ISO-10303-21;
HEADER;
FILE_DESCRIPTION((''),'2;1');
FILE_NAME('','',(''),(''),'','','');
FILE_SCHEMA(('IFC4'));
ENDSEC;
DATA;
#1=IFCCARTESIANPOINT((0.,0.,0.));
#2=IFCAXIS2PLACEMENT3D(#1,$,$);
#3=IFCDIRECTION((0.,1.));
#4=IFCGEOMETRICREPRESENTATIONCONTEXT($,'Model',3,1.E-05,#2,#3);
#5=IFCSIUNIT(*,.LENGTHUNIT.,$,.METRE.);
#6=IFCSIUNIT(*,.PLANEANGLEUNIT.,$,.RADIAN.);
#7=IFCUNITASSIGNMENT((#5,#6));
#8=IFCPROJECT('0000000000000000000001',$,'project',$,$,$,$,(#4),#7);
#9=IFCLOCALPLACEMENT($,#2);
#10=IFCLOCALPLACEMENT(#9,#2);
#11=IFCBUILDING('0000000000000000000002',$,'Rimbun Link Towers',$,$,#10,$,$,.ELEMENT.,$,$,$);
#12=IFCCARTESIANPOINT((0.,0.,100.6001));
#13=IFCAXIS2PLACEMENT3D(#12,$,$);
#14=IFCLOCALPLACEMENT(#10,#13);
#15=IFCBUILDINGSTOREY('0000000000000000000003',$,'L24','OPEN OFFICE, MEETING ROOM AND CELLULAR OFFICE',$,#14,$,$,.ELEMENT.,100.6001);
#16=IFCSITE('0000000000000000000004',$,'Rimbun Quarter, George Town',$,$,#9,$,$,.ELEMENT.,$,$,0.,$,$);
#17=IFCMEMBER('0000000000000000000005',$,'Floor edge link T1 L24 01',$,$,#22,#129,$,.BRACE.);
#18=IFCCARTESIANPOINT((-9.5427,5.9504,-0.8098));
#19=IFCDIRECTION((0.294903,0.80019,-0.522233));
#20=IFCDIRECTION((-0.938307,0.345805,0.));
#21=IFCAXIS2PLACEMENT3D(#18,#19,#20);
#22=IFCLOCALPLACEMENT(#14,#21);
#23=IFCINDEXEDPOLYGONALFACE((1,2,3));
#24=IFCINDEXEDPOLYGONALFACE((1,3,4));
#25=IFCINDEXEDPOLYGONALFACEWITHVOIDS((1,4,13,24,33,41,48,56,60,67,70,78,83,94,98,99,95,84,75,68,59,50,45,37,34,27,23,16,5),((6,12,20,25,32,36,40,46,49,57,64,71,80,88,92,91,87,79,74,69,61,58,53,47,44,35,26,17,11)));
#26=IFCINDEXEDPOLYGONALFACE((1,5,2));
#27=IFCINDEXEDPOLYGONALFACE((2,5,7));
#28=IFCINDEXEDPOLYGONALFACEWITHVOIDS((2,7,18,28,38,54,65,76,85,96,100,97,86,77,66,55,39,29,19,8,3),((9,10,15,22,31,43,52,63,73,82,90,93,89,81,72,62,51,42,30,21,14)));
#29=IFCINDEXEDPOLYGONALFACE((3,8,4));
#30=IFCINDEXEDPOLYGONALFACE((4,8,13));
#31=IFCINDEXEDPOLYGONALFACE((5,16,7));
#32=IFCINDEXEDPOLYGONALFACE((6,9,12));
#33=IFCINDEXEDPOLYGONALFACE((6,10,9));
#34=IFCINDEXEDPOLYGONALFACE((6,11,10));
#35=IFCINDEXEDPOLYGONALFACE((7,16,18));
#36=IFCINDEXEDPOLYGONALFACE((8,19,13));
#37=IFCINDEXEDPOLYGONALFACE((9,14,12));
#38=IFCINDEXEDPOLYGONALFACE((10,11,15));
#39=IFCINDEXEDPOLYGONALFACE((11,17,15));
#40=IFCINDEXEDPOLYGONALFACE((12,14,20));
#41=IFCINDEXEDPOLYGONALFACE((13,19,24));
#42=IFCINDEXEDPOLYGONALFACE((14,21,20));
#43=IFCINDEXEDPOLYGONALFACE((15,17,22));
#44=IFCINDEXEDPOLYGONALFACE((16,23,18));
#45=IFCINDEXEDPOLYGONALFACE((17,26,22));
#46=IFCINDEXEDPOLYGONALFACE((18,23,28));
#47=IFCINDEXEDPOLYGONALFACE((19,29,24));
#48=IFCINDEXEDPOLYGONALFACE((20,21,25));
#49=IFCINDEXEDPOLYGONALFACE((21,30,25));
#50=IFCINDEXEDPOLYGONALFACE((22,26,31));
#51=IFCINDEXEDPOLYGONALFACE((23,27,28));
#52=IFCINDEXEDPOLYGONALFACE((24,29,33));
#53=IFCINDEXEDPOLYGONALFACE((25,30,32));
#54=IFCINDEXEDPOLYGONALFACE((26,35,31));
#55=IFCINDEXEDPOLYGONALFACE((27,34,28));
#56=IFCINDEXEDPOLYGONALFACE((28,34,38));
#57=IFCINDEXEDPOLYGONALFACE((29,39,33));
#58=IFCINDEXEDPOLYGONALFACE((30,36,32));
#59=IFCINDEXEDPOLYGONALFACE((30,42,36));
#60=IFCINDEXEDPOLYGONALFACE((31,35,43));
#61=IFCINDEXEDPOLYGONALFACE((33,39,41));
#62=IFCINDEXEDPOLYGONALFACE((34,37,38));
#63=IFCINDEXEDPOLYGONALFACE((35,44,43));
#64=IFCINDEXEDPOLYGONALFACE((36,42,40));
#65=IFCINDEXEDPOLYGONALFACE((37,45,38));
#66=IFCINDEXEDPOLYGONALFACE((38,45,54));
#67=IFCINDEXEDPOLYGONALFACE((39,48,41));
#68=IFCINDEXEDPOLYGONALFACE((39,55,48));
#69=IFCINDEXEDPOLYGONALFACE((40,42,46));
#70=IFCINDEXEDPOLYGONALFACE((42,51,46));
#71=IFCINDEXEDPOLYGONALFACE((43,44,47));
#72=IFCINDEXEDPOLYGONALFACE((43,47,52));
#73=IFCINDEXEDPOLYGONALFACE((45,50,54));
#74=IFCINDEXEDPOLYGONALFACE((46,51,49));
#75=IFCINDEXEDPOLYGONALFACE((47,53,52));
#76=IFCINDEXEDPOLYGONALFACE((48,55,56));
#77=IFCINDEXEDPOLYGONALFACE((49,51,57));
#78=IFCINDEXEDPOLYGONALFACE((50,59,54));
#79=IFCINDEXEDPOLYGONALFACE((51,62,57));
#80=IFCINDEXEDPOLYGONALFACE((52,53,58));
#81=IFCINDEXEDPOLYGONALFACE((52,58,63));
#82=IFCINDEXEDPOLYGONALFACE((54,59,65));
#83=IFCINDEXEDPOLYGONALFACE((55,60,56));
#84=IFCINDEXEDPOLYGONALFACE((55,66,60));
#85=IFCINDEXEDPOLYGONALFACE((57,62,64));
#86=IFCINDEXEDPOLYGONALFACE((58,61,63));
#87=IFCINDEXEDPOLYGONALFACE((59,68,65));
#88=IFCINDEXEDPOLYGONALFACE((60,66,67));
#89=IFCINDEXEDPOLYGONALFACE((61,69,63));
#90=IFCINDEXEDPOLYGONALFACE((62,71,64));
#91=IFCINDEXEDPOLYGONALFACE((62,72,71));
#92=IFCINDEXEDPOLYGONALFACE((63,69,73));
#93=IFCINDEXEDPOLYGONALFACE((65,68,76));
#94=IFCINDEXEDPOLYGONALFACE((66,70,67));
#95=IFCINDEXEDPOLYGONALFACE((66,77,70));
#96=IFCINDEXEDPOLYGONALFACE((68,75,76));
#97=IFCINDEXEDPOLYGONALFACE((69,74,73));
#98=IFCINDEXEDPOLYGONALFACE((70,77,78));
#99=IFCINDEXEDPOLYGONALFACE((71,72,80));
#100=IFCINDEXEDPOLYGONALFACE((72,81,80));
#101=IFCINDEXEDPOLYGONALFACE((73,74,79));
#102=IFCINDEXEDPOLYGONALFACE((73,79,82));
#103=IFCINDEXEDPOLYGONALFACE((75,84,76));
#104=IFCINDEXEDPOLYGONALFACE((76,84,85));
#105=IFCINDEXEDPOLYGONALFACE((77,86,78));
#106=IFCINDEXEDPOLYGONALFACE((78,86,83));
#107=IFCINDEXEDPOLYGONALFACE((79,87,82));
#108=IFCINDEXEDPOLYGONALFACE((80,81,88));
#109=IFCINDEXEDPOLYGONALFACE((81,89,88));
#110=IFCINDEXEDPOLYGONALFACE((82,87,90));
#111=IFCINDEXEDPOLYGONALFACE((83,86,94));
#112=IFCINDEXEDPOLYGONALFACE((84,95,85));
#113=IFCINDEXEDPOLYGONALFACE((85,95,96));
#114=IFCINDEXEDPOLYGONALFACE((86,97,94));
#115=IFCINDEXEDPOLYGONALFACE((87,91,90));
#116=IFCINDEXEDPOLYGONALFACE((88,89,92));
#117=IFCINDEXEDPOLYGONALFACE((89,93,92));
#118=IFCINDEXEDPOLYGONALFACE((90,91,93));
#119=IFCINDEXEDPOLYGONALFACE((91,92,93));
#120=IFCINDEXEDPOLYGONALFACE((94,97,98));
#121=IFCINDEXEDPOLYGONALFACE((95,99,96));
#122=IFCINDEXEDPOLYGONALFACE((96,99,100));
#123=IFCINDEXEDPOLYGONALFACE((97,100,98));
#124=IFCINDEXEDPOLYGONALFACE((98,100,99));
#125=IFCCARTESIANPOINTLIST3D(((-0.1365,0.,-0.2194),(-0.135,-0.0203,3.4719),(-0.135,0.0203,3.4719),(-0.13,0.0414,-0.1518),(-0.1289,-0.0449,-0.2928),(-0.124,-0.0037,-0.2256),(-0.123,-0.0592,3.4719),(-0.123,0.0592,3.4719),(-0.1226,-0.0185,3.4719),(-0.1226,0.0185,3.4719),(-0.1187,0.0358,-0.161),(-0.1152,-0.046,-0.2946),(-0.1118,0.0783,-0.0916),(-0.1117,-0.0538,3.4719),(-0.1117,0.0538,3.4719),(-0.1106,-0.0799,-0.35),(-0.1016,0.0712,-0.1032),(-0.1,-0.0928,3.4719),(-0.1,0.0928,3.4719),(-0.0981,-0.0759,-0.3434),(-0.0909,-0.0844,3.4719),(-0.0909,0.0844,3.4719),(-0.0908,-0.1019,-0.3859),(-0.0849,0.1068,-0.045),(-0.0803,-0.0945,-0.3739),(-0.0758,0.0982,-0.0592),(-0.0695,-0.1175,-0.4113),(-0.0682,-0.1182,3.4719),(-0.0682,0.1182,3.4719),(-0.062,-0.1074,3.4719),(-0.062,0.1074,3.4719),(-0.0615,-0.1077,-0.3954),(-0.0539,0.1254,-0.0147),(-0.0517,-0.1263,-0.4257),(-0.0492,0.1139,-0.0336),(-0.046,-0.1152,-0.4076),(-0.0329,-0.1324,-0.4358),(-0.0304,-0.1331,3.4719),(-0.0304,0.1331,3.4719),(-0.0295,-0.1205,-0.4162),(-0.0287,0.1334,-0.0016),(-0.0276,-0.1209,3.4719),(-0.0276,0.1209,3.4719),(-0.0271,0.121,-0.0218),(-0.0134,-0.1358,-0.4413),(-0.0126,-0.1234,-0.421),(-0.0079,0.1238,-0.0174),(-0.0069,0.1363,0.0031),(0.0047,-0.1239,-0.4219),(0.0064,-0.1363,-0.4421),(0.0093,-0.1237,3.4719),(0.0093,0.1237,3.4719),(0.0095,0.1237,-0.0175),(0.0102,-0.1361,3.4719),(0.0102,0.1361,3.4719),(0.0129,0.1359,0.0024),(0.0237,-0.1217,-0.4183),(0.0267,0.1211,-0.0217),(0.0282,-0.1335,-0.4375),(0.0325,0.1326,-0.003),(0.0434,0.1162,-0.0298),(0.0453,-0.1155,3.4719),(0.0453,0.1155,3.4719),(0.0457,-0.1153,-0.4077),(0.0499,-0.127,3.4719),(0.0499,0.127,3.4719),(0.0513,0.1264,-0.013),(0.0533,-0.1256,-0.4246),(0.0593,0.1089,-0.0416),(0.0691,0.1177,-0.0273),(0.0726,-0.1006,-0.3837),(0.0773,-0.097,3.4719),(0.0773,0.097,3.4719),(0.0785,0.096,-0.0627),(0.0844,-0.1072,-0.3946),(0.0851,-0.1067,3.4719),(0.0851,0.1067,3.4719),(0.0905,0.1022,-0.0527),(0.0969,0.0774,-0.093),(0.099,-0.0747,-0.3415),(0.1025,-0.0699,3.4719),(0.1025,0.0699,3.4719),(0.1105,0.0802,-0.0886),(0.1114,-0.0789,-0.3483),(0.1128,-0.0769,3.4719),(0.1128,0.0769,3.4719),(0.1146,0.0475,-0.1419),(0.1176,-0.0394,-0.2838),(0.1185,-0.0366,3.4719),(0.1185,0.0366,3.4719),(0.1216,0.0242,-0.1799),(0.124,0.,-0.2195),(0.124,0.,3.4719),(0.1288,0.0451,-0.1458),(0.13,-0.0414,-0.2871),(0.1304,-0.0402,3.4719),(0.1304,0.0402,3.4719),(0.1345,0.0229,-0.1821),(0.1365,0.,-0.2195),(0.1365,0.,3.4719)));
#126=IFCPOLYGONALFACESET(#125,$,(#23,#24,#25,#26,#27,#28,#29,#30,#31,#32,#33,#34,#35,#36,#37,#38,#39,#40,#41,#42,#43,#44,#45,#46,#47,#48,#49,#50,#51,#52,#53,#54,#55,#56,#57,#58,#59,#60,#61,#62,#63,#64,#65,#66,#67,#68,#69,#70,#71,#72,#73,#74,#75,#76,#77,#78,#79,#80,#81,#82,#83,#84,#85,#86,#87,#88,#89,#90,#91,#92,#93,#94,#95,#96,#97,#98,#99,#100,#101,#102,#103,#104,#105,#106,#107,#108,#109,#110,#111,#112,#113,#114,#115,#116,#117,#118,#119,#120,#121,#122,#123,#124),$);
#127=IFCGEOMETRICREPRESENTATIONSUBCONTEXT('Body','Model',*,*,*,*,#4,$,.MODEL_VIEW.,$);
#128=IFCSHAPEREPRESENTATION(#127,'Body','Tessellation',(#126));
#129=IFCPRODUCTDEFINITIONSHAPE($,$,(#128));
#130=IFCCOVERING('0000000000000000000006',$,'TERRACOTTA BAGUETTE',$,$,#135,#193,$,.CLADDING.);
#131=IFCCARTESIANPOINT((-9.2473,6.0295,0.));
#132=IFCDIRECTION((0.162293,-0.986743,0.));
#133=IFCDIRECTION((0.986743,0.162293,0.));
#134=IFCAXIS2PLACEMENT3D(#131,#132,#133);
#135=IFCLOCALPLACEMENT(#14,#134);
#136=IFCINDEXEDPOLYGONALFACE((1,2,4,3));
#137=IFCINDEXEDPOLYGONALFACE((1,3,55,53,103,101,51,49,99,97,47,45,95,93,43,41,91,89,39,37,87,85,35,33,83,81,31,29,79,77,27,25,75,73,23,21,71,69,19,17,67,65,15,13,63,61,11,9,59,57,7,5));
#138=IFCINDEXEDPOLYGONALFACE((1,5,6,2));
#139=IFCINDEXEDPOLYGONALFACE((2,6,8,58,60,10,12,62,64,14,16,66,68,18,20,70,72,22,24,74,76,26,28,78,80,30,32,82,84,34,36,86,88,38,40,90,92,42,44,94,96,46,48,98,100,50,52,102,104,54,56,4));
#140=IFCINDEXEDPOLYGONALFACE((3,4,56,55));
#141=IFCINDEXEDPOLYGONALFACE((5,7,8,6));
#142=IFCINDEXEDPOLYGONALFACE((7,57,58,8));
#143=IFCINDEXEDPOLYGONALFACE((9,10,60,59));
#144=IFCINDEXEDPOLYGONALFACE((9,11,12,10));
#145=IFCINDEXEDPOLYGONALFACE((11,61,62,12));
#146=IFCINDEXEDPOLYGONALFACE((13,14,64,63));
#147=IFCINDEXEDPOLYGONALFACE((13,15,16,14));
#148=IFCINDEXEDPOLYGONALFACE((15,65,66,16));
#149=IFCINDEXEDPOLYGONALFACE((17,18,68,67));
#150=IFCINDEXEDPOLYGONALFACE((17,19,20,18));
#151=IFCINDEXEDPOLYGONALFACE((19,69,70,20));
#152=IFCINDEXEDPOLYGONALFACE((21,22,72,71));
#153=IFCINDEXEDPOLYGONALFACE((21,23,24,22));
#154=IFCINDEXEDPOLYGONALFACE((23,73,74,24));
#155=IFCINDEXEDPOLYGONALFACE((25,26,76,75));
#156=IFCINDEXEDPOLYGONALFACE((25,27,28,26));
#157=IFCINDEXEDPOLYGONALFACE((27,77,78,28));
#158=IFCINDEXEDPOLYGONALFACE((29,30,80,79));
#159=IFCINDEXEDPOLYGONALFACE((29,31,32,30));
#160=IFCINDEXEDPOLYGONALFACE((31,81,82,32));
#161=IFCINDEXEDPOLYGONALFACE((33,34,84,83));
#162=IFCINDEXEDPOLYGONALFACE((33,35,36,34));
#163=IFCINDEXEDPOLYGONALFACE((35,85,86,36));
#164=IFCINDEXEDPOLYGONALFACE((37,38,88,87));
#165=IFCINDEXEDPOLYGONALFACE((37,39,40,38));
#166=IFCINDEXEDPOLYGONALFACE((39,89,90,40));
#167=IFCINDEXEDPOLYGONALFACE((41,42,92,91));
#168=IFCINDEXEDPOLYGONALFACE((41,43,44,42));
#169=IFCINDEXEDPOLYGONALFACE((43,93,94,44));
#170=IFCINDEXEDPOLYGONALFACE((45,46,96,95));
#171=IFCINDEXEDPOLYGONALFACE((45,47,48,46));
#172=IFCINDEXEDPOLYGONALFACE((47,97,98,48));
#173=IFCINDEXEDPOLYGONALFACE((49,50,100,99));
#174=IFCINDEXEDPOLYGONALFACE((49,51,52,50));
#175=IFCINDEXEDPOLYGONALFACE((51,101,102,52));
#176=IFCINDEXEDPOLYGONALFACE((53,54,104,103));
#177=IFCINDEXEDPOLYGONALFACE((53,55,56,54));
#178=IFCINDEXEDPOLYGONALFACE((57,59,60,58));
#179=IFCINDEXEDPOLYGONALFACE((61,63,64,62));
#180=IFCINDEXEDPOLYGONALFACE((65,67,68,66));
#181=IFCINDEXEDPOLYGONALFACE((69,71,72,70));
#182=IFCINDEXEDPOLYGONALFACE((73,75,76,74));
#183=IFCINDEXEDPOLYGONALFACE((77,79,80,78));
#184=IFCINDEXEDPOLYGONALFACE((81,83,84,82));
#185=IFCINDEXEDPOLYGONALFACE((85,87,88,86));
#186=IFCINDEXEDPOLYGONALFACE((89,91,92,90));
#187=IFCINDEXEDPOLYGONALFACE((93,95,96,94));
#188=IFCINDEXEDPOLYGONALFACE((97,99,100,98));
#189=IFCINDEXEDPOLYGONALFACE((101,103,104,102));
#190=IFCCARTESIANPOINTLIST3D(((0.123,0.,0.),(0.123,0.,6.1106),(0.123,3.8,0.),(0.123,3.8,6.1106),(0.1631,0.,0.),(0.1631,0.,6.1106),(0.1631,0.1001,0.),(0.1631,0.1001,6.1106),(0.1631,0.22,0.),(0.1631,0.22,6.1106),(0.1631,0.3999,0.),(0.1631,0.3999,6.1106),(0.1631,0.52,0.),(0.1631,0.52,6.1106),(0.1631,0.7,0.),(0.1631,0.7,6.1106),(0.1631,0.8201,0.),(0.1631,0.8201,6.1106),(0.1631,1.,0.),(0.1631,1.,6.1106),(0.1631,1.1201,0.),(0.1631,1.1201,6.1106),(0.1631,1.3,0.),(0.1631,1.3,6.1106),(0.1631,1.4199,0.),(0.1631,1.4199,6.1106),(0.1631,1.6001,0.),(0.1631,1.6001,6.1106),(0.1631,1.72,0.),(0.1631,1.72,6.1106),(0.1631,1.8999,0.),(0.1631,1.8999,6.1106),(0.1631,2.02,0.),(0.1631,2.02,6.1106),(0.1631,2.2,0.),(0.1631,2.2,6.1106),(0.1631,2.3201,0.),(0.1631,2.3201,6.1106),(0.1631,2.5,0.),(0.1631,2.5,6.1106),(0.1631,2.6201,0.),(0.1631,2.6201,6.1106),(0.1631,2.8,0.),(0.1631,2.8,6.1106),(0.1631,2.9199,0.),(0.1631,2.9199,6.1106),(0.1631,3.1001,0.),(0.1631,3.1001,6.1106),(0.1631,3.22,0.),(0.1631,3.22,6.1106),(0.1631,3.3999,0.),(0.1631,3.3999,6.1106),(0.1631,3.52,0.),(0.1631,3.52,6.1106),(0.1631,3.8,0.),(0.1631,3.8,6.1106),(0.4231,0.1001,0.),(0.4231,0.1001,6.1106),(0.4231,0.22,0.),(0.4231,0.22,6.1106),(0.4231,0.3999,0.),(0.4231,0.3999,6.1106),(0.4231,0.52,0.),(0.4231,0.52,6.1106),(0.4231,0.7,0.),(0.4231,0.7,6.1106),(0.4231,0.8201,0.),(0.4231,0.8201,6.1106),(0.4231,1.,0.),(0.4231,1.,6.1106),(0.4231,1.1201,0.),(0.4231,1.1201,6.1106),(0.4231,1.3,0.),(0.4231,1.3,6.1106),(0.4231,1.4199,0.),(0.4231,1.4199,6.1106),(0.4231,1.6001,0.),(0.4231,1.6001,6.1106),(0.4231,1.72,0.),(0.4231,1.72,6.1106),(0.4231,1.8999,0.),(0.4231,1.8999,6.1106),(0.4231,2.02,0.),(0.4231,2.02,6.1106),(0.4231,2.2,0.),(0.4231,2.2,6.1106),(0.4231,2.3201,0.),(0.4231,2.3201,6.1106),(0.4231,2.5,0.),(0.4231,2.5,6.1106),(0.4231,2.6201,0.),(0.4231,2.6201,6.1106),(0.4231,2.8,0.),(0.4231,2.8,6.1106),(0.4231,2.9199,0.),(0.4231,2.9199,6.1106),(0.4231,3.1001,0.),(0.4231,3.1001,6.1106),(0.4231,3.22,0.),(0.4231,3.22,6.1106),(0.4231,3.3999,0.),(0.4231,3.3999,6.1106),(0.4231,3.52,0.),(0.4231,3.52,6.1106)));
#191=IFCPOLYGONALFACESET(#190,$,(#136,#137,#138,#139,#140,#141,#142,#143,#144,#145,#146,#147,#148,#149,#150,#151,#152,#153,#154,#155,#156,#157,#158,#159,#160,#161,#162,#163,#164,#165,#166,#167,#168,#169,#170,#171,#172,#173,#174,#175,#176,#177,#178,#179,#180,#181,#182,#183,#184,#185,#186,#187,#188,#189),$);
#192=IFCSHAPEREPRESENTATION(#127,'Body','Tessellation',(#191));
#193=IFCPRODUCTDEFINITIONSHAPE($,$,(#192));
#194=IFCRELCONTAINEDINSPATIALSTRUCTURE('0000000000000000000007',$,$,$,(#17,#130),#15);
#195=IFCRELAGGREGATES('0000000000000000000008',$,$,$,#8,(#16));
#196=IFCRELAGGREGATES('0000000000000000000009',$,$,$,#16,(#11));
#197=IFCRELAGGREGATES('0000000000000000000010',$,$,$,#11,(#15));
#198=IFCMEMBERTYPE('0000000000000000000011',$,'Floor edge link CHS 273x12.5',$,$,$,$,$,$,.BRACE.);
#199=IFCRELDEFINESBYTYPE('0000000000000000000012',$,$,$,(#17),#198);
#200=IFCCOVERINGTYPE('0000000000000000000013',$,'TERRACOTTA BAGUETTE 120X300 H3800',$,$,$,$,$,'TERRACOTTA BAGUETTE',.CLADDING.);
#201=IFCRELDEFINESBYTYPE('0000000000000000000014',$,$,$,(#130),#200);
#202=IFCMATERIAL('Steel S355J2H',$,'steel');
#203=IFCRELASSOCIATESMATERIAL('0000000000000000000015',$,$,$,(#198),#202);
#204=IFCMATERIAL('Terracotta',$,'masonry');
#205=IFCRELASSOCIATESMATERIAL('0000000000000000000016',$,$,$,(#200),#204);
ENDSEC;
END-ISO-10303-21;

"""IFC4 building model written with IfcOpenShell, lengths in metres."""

from ifc_helpers import new_model, si_unit, direction, frame, origin, origin_2d, place, context, subcontext, project, spatial, polyline, hollow_circle, outline, extrude, clip, halfspace, material, material_profile, profile_set, type_object, element, save


model = new_model("IFC4")

# Units and contexts
model_context = context("Model", 3, precision=1e-05, world=origin(), true_north=direction((0.0, 1.0)))
body_context = subcontext(model_context, "Body", "Model", "MODEL_VIEW")
ifc_project = project(units=[si_unit("LENGTHUNIT", "METRE"), si_unit("PLANEANGLEUNIT", "RADIAN")], contexts=[model_context])

# Site, building, storey
site_placement = place(None, origin())
site = spatial("IfcSite", under=ifc_project, at=site_placement, Name="Rimbun Quarter, George Town", CompositionType="ELEMENT", RefElevation=0.0)
building_placement = place(site_placement, origin())
building = spatial("IfcBuilding", under=site, at=building_placement, Name="Rimbun Link Towers", CompositionType="ELEMENT")
storey_placement = place(building_placement, frame((0.0, 0.0, 100.6001)))
storey = spatial("IfcBuildingStorey", under=building, at=storey_placement, Name="L24", Description="OPEN OFFICE, MEETING ROOM AND CELLULAR OFFICE", CompositionType="ELEMENT", Elevation=100.6001)

# Member
ifc_material_1 = material(Name="Steel S355J2H", Category="steel")
ifc_material_profile_1 = material_profile(ifc_material_1, hollow_circle(Radius=0.1365, WallThickness=0.0125, at=origin_2d()), Name="CHS 273x12.5")
ifc_profile_set_1 = profile_set([ifc_material_profile_1], Name="Steel S355J2H")
member_type_1 = type_object("IfcMemberType", Name="Floor edge link CHS 273x12.5", PredefinedType="BRACE", material=ifc_profile_set_1)
member_1_placement = place(storey_placement, frame((-9.5427, 5.9504, -0.8098), z_axis=(0.294903, 0.80019, -0.522233), x_axis=(-0.938307, 0.345805, 0.0)))
element("IfcMember", 1, at=member_1_placement, inside=storey, type_object=member_type_1, Name="Floor edge link T1 L24 01", PredefinedType="BRACE", context=body_context, shape_type="Clipping", body=[
    clip(extrude(hollow_circle(Radius=0.1365, WallThickness=0.0125, at=origin_2d()), frame((0.0, 0.0, -0.4651)), (0.0, 0.0, 1.0), 3.937), halfspace(frame((0.0, 0.0, -0.2195), z_axis=(0.0, 0.852803, -0.522233)), False)),
])

# Covering
ifc_material_2 = material(Name="Terracotta", Category="masonry")
ifc_material_profile_2 = material_profile(ifc_material_2, outline(polyline([(0.123, 0.0), (0.1631, 0.0), (0.1631, 0.1001), (0.4231, 0.1001), (0.4231, 0.22), (0.1631, 0.22), (0.1631, 0.3999), (0.4231, 0.3999), (0.4231, 0.52), (0.1631, 0.52), (0.1631, 0.7), (0.4231, 0.7), (0.4231, 0.8201), (0.1631, 0.8201), (0.1631, 1.0), (0.4231, 1.0), (0.4231, 1.1201), (0.1631, 1.1201), (0.1631, 1.3), (0.4231, 1.3), (0.4231, 1.4199), (0.1631, 1.4199), (0.1631, 1.6001), (0.4231, 1.6001), (0.4231, 1.72), (0.1631, 1.72), (0.1631, 1.8999), (0.4231, 1.8999), (0.4231, 2.02), (0.1631, 2.02), (0.1631, 2.2), (0.4231, 2.2), (0.4231, 2.3201), (0.1631, 2.3201), (0.1631, 2.5), (0.4231, 2.5), (0.4231, 2.6201), (0.1631, 2.6201), (0.1631, 2.8), (0.4231, 2.8), (0.4231, 2.9199), (0.1631, 2.9199), (0.1631, 3.1001), (0.4231, 3.1001), (0.4231, 3.22), (0.1631, 3.22), (0.1631, 3.3999), (0.4231, 3.3999), (0.4231, 3.52), (0.1631, 3.52), (0.1631, 3.8), (0.123, 3.8), (0.123, 0.0)])), Name="BAGUETTE 120X300")
ifc_profile_set_2 = profile_set([ifc_material_profile_2], Name="Terracotta")
covering_type = type_object("IfcCoveringType", Name="TERRACOTTA BAGUETTE 120X300 H3800", ElementType="TERRACOTTA BAGUETTE", PredefinedType="CLADDING", material=ifc_profile_set_2)
covering_1_placement = place(storey_placement, frame((-9.2473, 6.0295, 0.0), z_axis=(0.162293, -0.986743, 0.0), x_axis=(0.986743, 0.162293, 0.0)))
element("IfcCovering", 2, at=covering_1_placement, inside=storey, type_object=covering_type, Name="TERRACOTTA BAGUETTE", PredefinedType="CLADDING", context=body_context, shape_type="SweptSolid", body=[
    extrude(outline(polyline([(0.123, 0.0), (0.1631, 0.0), (0.1631, 0.1001), (0.4231, 0.1001), (0.4231, 0.22), (0.1631, 0.22), (0.1631, 0.3999), (0.4231, 0.3999), (0.4231, 0.52), (0.1631, 0.52), (0.1631, 0.7), (0.4231, 0.7), (0.4231, 0.8201), (0.1631, 0.8201), (0.1631, 1.0), (0.4231, 1.0), (0.4231, 1.1201), (0.1631, 1.1201), (0.1631, 1.3), (0.4231, 1.3), (0.4231, 1.4199), (0.1631, 1.4199), (0.1631, 1.6001), (0.4231, 1.6001), (0.4231, 1.72), (0.1631, 1.72), (0.1631, 1.8999), (0.4231, 1.8999), (0.4231, 2.02), (0.1631, 2.02), (0.1631, 2.2), (0.4231, 2.2), (0.4231, 2.3201), (0.1631, 2.3201), (0.1631, 2.5), (0.4231, 2.5), (0.4231, 2.6201), (0.1631, 2.6201), (0.1631, 2.8), (0.4231, 2.8), (0.4231, 2.9199), (0.1631, 2.9199), (0.1631, 3.1001), (0.4231, 3.1001), (0.4231, 3.22), (0.1631, 3.22), (0.1631, 3.3999), (0.4231, 3.3999), (0.4231, 3.52), (0.1631, 3.52), (0.1631, 3.8), (0.123, 3.8), (0.123, 0.0)])), origin(), (0.0, 0.0, 1.0), 6.1106),
])

save(model, "model.ifc")
